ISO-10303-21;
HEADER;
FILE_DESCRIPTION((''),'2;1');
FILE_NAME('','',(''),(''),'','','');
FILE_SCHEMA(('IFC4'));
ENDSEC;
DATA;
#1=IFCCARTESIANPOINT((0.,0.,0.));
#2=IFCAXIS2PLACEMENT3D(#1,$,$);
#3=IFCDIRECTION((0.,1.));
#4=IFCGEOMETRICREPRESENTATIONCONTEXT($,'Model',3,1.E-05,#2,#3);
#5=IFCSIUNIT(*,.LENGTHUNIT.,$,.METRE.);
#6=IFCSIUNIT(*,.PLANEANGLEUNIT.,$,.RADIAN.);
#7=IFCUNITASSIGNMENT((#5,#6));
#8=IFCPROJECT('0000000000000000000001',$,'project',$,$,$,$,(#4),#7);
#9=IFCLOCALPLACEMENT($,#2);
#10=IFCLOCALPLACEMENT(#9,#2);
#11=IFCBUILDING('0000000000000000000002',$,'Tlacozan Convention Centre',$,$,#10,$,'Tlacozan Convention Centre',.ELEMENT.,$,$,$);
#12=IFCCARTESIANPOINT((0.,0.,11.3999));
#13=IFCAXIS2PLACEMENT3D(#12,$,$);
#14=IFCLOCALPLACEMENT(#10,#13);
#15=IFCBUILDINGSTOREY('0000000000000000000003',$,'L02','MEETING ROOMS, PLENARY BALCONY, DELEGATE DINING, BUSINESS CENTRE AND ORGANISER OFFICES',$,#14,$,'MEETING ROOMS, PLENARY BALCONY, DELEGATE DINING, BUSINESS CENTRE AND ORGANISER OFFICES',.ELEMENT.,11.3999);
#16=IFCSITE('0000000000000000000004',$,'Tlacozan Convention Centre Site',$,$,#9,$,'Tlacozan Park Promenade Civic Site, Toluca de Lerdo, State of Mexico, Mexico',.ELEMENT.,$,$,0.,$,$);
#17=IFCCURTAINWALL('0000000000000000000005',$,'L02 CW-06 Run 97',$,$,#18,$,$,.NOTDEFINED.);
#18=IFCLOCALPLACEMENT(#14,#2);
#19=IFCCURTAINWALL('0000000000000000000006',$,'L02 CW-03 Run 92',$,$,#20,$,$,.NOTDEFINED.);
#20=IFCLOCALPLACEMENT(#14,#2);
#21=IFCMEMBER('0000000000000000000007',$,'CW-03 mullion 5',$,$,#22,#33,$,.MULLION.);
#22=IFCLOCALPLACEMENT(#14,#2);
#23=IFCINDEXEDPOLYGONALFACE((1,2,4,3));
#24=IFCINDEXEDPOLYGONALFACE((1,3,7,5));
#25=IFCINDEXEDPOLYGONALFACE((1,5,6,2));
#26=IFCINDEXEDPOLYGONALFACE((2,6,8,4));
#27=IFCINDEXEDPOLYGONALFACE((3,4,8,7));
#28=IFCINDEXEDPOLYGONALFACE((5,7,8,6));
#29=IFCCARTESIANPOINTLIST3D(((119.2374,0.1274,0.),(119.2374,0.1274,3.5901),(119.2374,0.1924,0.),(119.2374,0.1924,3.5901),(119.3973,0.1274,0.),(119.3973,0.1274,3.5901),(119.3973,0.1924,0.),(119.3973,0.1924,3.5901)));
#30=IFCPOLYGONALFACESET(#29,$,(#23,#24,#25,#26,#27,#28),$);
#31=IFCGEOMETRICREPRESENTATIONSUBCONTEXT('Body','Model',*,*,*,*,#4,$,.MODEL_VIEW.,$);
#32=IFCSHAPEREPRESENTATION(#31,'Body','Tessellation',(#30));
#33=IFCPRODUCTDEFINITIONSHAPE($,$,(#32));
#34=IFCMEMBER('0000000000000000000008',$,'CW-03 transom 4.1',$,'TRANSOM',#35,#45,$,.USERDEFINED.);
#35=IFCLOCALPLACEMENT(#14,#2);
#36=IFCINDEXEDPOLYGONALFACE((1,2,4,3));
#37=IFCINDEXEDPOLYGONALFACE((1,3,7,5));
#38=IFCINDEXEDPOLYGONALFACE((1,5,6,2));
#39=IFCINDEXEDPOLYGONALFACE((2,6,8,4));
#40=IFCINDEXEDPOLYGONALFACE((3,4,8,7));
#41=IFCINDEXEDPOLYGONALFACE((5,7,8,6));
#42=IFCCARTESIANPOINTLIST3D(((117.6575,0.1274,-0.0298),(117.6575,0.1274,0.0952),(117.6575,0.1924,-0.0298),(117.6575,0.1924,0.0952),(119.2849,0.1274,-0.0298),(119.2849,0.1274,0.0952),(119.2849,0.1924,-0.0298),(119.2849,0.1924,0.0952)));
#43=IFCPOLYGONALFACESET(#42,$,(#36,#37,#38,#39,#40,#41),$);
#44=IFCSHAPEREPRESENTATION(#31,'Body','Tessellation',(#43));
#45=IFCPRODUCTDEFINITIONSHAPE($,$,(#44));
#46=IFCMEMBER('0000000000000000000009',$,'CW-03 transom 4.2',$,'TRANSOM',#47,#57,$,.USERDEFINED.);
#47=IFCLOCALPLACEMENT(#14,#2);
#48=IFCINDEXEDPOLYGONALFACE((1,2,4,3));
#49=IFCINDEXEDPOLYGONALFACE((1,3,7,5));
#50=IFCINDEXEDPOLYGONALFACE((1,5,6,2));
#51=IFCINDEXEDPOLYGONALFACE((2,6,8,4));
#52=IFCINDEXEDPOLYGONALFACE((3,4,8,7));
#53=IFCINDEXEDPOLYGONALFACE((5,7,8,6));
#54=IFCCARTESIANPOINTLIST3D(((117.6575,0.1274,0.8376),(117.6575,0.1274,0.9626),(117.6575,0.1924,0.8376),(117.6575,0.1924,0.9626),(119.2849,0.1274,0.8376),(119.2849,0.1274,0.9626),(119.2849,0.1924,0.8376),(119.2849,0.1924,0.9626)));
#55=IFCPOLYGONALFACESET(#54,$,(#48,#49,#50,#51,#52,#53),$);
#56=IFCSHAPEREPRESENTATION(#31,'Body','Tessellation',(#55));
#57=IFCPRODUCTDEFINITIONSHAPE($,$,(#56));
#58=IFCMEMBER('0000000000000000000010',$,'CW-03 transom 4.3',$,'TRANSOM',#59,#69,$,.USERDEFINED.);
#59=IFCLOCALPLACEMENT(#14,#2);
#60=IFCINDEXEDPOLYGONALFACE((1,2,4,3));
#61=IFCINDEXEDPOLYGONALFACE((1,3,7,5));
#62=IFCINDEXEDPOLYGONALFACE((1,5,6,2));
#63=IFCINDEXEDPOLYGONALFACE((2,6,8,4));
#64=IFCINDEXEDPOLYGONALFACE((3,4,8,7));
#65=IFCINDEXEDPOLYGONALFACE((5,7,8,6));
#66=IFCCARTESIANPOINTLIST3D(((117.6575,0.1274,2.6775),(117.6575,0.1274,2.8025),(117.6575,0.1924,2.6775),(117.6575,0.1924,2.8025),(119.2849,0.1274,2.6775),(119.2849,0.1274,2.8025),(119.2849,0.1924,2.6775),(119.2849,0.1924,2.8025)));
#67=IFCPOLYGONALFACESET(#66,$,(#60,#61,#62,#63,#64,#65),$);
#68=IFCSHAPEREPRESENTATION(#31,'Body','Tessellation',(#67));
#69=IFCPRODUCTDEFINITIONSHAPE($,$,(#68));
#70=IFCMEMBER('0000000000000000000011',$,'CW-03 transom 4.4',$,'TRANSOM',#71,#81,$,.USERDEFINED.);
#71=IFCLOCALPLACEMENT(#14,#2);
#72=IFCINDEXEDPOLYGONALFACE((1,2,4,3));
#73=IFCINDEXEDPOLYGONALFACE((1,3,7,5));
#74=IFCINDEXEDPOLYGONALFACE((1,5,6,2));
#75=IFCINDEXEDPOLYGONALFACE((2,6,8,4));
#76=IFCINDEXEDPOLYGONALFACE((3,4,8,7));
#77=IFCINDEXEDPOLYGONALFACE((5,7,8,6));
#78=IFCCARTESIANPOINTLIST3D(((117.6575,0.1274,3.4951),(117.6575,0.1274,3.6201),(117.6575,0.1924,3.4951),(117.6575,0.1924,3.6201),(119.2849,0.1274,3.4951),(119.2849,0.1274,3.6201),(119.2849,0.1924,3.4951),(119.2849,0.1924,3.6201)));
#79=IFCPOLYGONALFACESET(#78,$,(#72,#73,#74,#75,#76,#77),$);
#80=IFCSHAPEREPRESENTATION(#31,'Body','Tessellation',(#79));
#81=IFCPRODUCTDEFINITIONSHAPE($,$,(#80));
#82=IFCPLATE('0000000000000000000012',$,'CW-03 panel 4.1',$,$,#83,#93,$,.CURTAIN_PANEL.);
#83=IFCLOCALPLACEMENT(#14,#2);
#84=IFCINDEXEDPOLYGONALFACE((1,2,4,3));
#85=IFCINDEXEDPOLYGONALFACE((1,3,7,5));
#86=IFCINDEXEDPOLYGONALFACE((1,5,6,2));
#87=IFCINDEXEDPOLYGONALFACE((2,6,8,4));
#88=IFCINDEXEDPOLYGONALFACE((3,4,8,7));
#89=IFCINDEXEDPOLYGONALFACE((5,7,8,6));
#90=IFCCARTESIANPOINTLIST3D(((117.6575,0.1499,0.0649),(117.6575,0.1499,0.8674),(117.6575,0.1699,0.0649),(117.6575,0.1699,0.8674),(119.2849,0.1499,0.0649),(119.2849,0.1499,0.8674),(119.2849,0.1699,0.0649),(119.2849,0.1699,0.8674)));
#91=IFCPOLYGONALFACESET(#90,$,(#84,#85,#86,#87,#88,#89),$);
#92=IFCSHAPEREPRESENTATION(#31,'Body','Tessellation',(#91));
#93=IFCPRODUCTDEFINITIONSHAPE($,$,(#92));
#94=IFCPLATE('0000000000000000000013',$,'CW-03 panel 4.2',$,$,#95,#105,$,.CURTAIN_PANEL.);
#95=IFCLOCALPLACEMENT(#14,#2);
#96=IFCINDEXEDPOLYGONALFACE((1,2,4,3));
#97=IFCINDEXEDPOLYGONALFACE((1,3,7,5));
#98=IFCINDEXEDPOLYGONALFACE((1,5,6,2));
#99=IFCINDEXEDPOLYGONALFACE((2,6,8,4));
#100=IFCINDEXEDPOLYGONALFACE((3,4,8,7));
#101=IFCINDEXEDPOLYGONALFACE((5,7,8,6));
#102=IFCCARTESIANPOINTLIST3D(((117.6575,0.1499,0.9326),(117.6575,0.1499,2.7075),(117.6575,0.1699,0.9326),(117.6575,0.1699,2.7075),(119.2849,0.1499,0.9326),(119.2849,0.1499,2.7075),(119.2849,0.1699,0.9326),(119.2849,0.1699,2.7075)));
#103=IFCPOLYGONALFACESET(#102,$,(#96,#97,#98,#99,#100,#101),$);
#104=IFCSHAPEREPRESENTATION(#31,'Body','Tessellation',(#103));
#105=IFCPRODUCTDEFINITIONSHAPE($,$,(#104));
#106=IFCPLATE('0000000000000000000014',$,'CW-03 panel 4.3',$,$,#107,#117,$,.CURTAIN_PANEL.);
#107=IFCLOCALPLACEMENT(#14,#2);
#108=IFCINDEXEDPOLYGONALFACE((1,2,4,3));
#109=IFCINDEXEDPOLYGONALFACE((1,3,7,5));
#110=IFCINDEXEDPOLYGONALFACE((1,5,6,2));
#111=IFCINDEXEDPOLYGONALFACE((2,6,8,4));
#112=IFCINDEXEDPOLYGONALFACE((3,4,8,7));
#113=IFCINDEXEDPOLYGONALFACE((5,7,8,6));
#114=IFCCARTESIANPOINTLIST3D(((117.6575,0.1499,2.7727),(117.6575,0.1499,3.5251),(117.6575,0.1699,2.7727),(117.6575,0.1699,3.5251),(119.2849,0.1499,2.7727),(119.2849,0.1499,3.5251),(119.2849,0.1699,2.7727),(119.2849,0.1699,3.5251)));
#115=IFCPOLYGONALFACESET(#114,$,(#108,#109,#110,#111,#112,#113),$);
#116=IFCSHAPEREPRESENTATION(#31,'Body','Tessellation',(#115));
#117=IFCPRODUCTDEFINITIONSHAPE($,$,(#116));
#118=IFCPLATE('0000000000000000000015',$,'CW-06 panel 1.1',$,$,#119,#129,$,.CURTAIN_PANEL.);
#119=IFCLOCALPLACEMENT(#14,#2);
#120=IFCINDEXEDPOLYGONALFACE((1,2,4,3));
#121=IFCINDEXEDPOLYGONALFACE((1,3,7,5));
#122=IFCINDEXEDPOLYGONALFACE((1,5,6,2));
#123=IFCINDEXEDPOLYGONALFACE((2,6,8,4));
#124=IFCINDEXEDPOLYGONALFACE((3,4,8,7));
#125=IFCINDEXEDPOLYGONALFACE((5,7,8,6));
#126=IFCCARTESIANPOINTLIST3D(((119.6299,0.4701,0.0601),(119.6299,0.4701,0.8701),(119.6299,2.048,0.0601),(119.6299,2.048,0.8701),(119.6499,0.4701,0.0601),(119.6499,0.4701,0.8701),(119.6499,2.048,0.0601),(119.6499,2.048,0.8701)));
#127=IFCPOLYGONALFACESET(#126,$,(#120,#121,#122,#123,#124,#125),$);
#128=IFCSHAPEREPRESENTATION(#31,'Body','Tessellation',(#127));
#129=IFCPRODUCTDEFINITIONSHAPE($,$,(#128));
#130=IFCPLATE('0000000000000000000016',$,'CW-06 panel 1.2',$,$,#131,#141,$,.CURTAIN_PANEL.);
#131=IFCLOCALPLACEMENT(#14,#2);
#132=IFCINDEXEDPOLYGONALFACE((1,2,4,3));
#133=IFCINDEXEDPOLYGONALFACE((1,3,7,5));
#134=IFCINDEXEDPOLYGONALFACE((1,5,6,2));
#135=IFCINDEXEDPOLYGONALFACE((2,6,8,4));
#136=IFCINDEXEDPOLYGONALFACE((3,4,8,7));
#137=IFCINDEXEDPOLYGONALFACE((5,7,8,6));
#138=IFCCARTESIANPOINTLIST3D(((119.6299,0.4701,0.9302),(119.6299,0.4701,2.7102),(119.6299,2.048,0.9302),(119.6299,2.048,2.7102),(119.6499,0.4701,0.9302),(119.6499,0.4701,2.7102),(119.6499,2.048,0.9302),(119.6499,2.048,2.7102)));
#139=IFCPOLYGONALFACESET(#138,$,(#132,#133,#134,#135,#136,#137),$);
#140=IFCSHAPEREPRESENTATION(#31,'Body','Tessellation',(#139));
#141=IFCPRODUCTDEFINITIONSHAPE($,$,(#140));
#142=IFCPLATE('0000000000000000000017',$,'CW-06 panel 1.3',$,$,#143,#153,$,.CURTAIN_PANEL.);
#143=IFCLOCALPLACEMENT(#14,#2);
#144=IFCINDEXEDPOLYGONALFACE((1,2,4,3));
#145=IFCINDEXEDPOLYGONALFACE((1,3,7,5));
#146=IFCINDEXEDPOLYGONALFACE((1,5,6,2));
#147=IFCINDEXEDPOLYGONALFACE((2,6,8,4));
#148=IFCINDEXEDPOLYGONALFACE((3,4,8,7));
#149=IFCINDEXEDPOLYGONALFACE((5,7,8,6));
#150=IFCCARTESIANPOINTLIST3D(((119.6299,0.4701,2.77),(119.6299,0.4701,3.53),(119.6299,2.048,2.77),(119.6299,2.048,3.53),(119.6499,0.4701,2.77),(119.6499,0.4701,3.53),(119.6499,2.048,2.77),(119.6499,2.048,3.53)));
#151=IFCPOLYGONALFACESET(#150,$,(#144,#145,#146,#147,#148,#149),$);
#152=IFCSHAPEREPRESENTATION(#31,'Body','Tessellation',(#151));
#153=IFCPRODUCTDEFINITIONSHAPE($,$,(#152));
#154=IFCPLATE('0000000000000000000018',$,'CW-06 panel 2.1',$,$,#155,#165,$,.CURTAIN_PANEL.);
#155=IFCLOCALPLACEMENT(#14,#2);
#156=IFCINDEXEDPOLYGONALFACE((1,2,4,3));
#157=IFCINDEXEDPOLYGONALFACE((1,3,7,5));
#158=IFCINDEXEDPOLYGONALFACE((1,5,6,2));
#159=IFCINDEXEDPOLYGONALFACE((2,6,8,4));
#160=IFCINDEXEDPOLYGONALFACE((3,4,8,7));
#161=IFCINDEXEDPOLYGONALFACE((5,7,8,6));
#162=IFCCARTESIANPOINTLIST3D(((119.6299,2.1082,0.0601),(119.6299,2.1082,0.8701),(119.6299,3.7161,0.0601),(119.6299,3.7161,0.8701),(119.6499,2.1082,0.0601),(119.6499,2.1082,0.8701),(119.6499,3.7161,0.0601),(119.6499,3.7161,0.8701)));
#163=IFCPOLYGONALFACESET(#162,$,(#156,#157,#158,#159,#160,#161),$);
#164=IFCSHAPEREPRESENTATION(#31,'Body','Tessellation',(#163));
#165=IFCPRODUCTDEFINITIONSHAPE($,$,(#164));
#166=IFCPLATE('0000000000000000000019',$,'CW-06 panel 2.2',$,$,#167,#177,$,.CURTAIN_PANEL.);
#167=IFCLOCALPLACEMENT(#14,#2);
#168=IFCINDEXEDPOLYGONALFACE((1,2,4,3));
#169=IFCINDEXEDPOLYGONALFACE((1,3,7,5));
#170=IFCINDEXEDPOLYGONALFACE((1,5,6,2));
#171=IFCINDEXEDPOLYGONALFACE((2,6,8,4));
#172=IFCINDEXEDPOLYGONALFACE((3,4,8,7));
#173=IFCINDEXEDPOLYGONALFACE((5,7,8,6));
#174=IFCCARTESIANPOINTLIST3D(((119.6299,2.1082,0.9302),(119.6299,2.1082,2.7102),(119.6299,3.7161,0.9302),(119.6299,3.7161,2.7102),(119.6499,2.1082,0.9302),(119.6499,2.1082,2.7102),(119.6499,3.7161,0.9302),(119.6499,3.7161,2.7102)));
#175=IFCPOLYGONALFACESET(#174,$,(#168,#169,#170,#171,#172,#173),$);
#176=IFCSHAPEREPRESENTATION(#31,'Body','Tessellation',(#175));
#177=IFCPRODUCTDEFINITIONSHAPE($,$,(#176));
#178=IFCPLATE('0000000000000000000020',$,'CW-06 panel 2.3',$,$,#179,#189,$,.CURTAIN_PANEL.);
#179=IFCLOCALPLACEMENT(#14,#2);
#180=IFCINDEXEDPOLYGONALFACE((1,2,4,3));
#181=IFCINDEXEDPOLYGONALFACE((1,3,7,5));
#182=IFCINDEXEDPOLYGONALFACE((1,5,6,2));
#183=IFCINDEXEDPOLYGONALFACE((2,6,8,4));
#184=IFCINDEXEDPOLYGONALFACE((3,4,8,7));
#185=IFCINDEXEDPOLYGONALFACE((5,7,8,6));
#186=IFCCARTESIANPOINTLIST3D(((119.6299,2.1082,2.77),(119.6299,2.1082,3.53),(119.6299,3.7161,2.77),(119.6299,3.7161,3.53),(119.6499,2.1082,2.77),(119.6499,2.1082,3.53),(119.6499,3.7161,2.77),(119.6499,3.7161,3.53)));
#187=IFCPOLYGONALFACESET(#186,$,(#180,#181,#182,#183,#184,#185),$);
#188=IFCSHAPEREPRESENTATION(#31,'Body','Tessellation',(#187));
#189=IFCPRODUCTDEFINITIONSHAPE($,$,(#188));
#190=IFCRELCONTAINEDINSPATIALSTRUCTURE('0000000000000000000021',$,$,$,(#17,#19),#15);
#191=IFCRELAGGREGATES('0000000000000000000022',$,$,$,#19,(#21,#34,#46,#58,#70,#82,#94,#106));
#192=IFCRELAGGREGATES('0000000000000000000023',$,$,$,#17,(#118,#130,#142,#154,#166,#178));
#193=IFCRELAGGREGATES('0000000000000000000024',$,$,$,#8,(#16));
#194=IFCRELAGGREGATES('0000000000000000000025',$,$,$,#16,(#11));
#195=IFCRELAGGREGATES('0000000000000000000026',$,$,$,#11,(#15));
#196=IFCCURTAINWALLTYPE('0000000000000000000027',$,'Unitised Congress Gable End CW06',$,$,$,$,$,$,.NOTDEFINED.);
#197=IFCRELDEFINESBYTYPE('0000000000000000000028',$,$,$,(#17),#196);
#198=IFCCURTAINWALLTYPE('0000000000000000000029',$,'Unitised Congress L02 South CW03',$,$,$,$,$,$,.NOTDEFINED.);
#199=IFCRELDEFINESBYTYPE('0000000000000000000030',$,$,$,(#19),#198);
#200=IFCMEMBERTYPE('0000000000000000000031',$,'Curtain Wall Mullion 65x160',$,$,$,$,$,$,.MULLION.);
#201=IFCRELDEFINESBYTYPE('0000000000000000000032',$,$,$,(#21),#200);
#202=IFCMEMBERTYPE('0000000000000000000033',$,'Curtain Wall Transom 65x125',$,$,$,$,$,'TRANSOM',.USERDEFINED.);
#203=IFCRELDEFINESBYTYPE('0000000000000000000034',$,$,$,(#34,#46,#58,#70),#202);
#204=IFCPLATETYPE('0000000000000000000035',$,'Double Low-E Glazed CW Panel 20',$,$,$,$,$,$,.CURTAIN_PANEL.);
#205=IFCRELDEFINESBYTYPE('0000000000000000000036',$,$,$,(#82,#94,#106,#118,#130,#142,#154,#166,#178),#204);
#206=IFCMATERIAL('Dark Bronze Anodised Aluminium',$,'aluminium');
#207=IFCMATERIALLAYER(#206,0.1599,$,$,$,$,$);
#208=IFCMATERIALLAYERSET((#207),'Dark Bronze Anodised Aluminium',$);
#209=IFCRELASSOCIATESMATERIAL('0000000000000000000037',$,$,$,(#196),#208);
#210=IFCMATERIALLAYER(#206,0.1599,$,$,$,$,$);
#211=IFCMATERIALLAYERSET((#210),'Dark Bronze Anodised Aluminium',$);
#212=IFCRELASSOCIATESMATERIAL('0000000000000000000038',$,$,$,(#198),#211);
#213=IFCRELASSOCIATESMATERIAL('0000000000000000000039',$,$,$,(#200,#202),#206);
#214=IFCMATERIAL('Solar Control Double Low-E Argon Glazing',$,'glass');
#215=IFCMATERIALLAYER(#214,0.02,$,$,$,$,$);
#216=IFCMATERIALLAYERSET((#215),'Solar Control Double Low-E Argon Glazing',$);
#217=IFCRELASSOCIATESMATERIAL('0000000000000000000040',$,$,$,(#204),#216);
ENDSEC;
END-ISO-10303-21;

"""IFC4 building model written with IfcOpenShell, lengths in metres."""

from ifc_helpers import new_model, si_unit, direction, frame, origin, origin_2d, place, context, subcontext, project, spatial, rectangle, extrude, material, layer, layer_set, material_profile, profile_set, type_object, element, aggregate, save


model = new_model("IFC4")

# Units and contexts
model_context = context("Model", 3, precision=1e-05, world=origin(), true_north=direction((0.0, 1.0)))
body_context = subcontext(model_context, "Body", "Model", "MODEL_VIEW")
ifc_project = project(units=[si_unit("LENGTHUNIT", "METRE"), si_unit("PLANEANGLEUNIT", "RADIAN")], contexts=[model_context])

# Site, building, storey
site_placement = place(None, origin())
site = spatial("IfcSite", under=ifc_project, at=site_placement, Name="Tlacozan Convention Centre Site", LongName="Tlacozan Park Promenade Civic Site, Toluca de Lerdo, State of Mexico, Mexico", CompositionType="ELEMENT", RefElevation=0.0)
building_placement = place(site_placement, origin())
building = spatial("IfcBuilding", under=site, at=building_placement, Name="Tlacozan Convention Centre", LongName="Tlacozan Convention Centre", CompositionType="ELEMENT")
storey_placement = place(building_placement, frame((0.0, 0.0, 11.3999)))
storey = spatial("IfcBuildingStorey", under=building, at=storey_placement, Name="L02", Description="MEETING ROOMS, PLENARY BALCONY, DELEGATE DINING, BUSINESS CENTRE AND ORGANISER OFFICES", LongName="MEETING ROOMS, PLENARY BALCONY, DELEGATE DINING, BUSINESS CENTRE AND ORGANISER OFFICES", CompositionType="ELEMENT", Elevation=11.3999)

# Curtain wall
ifc_material_1 = material(Name="Dark Bronze Anodised Aluminium", Category="aluminium")
ifc_layer_1 = layer(ifc_material_1, 0.1599)
ifc_layer_set_1 = layer_set([ifc_layer_1], Name="Dark Bronze Anodised Aluminium")
curtain_wall_type_1 = type_object("IfcCurtainWallType", Name="Unitised Congress Gable End CW06", PredefinedType="NOTDEFINED", material=ifc_layer_set_1)
curtain_wall_1_placement = place(storey_placement, origin())
curtain_wall_1 = element("IfcCurtainWall", 1, at=curtain_wall_1_placement, inside=storey, type_object=curtain_wall_type_1, Name="L02 CW-06 Run 97", PredefinedType="NOTDEFINED")

# Curtain wall, members, plates
ifc_layer_2 = layer(ifc_material_1, 0.1599)
ifc_layer_set_2 = layer_set([ifc_layer_2], Name="Dark Bronze Anodised Aluminium")
curtain_wall_type_2 = type_object("IfcCurtainWallType", Name="Unitised Congress L02 South CW03", PredefinedType="NOTDEFINED", material=ifc_layer_set_2)
curtain_wall_2_placement = place(storey_placement, origin())
curtain_wall_2 = element("IfcCurtainWall", 2, at=curtain_wall_2_placement, inside=storey, type_object=curtain_wall_type_2, Name="L02 CW-03 Run 92", PredefinedType="NOTDEFINED")
ifc_material_profile_1 = material_profile(ifc_material_1, rectangle(XDim=0.0649, YDim=0.1599, at=origin_2d()), Name="ALU 65x160")
ifc_profile_set_1 = profile_set([ifc_material_profile_1], Name="Dark Bronze Anodised Aluminium")
member_type_1 = type_object("IfcMemberType", Name="Curtain Wall Mullion 65x160", PredefinedType="MULLION", material=ifc_profile_set_1)
member_1_placement = place(storey_placement, frame((119.3174, 0.1599, 0.0), z_axis=(0.0, 0.0, 1.0), x_axis=(0.0, 1.0, 0.0)))
member_1 = element("IfcMember", 3, at=member_1_placement, type_object=member_type_1, Name="CW-03 mullion 5", PredefinedType="MULLION", context=body_context, shape_type="SweptSolid", body=[
    extrude(rectangle(XDim=0.0649, YDim=0.1599, at=origin_2d()), origin(), (0.0, 0.0, 1.0), 3.5901),
])
ifc_material_profile_2 = material_profile(ifc_material_1, rectangle(XDim=0.0649, YDim=0.125, at=origin_2d()), Name="ALU 65x125")
ifc_profile_set_2 = profile_set([ifc_material_profile_2], Name="Dark Bronze Anodised Aluminium")
member_type_2 = type_object("IfcMemberType", Name="Curtain Wall Transom 65x125", ElementType="TRANSOM", PredefinedType="USERDEFINED", material=ifc_profile_set_2)
member_2_placement = place(storey_placement, frame((117.6575, 0.1599, 0.0327), z_axis=(1.0, 0.0, 0.0), x_axis=(0.0, 1.0, 0.0)))
member_2 = element("IfcMember", 4, at=member_2_placement, type_object=member_type_2, Name="CW-03 transom 4.1", ObjectType="TRANSOM", PredefinedType="USERDEFINED", context=body_context, shape_type="SweptSolid", body=[
    extrude(rectangle(XDim=0.0649, YDim=0.125, at=origin_2d()), origin(), (0.0, 0.0, 1.0), 1.6274),
])
member_3_placement = place(storey_placement, frame((117.6575, 0.1599, 0.9001), z_axis=(1.0, 0.0, 0.0), x_axis=(0.0, 1.0, 0.0)))
member_3 = element("IfcMember", 5, at=member_3_placement, type_object=member_type_2, Name="CW-03 transom 4.2", ObjectType="TRANSOM", PredefinedType="USERDEFINED", context=body_context, shape_type="SweptSolid", body=[
    extrude(rectangle(XDim=0.0649, YDim=0.125, at=origin_2d()), origin(), (0.0, 0.0, 1.0), 1.6274),
])
member_4_placement = place(storey_placement, frame((117.6575, 0.1599, 2.74), z_axis=(1.0, 0.0, 0.0), x_axis=(0.0, 1.0, 0.0)))
member_4 = element("IfcMember", 6, at=member_4_placement, type_object=member_type_2, Name="CW-03 transom 4.3", ObjectType="TRANSOM", PredefinedType="USERDEFINED", context=body_context, shape_type="SweptSolid", body=[
    extrude(rectangle(XDim=0.0649, YDim=0.125, at=origin_2d()), origin(), (0.0, 0.0, 1.0), 1.6274),
])
member_5_placement = place(storey_placement, frame((117.6575, 0.1599, 3.5576), z_axis=(1.0, 0.0, 0.0), x_axis=(0.0, 1.0, 0.0)))
member_5 = element("IfcMember", 7, at=member_5_placement, type_object=member_type_2, Name="CW-03 transom 4.4", ObjectType="TRANSOM", PredefinedType="USERDEFINED", context=body_context, shape_type="SweptSolid", body=[
    extrude(rectangle(XDim=0.0649, YDim=0.125, at=origin_2d()), origin(), (0.0, 0.0, 1.0), 1.6274),
])
ifc_material_2 = material(Name="Solar Control Double Low-E Argon Glazing", Category="glass")
ifc_layer_3 = layer(ifc_material_2, 0.02)
ifc_layer_set_3 = layer_set([ifc_layer_3], Name="Solar Control Double Low-E Argon Glazing")
plate_type = type_object("IfcPlateType", Name="Double Low-E Glazed CW Panel 20", PredefinedType="CURTAIN_PANEL", material=ifc_layer_set_3)
plate_1_placement = place(storey_placement, frame((118.4712, 0.1599, 0.0649), z_axis=(0.0, 0.0, 1.0), x_axis=(1.0, 0.0, 0.0)))
plate_1 = element("IfcPlate", 8, at=plate_1_placement, type_object=plate_type, Name="CW-03 panel 4.1", PredefinedType="CURTAIN_PANEL", context=body_context, shape_type="SweptSolid", body=[
    extrude(rectangle(XDim=1.6274, YDim=0.02, at=origin_2d()), origin(), (0.0, 0.0, 1.0), 0.8025),
])
plate_2_placement = place(storey_placement, frame((118.4712, 0.1599, 0.9326), z_axis=(0.0, 0.0, 1.0), x_axis=(1.0, 0.0, 0.0)))
plate_2 = element("IfcPlate", 9, at=plate_2_placement, type_object=plate_type, Name="CW-03 panel 4.2", PredefinedType="CURTAIN_PANEL", context=body_context, shape_type="SweptSolid", body=[
    extrude(rectangle(XDim=1.6274, YDim=0.02, at=origin_2d()), origin(), (0.0, 0.0, 1.0), 1.7749),
])
plate_3_placement = place(storey_placement, frame((118.4712, 0.1599, 2.7727), z_axis=(0.0, 0.0, 1.0), x_axis=(1.0, 0.0, 0.0)))
plate_3 = element("IfcPlate", 10, at=plate_3_placement, type_object=plate_type, Name="CW-03 panel 4.3", PredefinedType="CURTAIN_PANEL", context=body_context, shape_type="SweptSolid", body=[
    extrude(rectangle(XDim=1.6274, YDim=0.02, at=origin_2d()), origin(), (0.0, 0.0, 1.0), 0.7524),
])
aggregate(curtain_wall_2, [member_1, member_2, member_3, member_4, member_5, plate_1, plate_2, plate_3])

# Plates
plate_4_placement = place(storey_placement, frame((119.6399, 1.259, 0.0601), z_axis=(0.0, 0.0, 1.0), x_axis=(0.0, 1.0, 0.0)))
plate_4 = element("IfcPlate", 11, at=plate_4_placement, type_object=plate_type, Name="CW-06 panel 1.1", PredefinedType="CURTAIN_PANEL", context=body_context, shape_type="SweptSolid", body=[
    extrude(rectangle(XDim=1.5779, YDim=0.02, at=origin_2d()), origin(), (0.0, 0.0, 1.0), 0.8101),
])
plate_5_placement = place(storey_placement, frame((119.6399, 1.259, 0.9302), z_axis=(0.0, 0.0, 1.0), x_axis=(0.0, 1.0, 0.0)))
plate_5 = element("IfcPlate", 12, at=plate_5_placement, type_object=plate_type, Name="CW-06 panel 1.2", PredefinedType="CURTAIN_PANEL", context=body_context, shape_type="SweptSolid", body=[
    extrude(rectangle(XDim=1.5779, YDim=0.02, at=origin_2d()), origin(), (0.0, 0.0, 1.0), 1.78),
])
plate_6_placement = place(storey_placement, frame((119.6399, 1.259, 2.77), z_axis=(0.0, 0.0, 1.0), x_axis=(0.0, 1.0, 0.0)))
plate_6 = element("IfcPlate", 13, at=plate_6_placement, type_object=plate_type, Name="CW-06 panel 1.3", PredefinedType="CURTAIN_PANEL", context=body_context, shape_type="SweptSolid", body=[
    extrude(rectangle(XDim=1.5779, YDim=0.02, at=origin_2d()), origin(), (0.0, 0.0, 1.0), 0.76),
])
plate_7_placement = place(storey_placement, frame((119.6399, 2.9121, 0.0601), z_axis=(0.0, 0.0, 1.0), x_axis=(0.0, 1.0, 0.0)))
plate_7 = element("IfcPlate", 14, at=plate_7_placement, type_object=plate_type, Name="CW-06 panel 2.1", PredefinedType="CURTAIN_PANEL", context=body_context, shape_type="SweptSolid", body=[
    extrude(rectangle(XDim=1.6079, YDim=0.02, at=origin_2d()), origin(), (0.0, 0.0, 1.0), 0.8101),
])
plate_8_placement = place(storey_placement, frame((119.6399, 2.9121, 0.9302), z_axis=(0.0, 0.0, 1.0), x_axis=(0.0, 1.0, 0.0)))
plate_8 = element("IfcPlate", 15, at=plate_8_placement, type_object=plate_type, Name="CW-06 panel 2.2", PredefinedType="CURTAIN_PANEL", context=body_context, shape_type="SweptSolid", body=[
    extrude(rectangle(XDim=1.6079, YDim=0.02, at=origin_2d()), origin(), (0.0, 0.0, 1.0), 1.78),
])
plate_9_placement = place(storey_placement, frame((119.6399, 2.9121, 2.77), z_axis=(0.0, 0.0, 1.0), x_axis=(0.0, 1.0, 0.0)))
plate_9 = element("IfcPlate", 16, at=plate_9_placement, type_object=plate_type, Name="CW-06 panel 2.3", PredefinedType="CURTAIN_PANEL", context=body_context, shape_type="SweptSolid", body=[
    extrude(rectangle(XDim=1.6079, YDim=0.02, at=origin_2d()), origin(), (0.0, 0.0, 1.0), 0.76),
])
aggregate(curtain_wall_1, [plate_4, plate_5, plate_6, plate_7, plate_8, plate_9])

save(model, "model.ifc")
